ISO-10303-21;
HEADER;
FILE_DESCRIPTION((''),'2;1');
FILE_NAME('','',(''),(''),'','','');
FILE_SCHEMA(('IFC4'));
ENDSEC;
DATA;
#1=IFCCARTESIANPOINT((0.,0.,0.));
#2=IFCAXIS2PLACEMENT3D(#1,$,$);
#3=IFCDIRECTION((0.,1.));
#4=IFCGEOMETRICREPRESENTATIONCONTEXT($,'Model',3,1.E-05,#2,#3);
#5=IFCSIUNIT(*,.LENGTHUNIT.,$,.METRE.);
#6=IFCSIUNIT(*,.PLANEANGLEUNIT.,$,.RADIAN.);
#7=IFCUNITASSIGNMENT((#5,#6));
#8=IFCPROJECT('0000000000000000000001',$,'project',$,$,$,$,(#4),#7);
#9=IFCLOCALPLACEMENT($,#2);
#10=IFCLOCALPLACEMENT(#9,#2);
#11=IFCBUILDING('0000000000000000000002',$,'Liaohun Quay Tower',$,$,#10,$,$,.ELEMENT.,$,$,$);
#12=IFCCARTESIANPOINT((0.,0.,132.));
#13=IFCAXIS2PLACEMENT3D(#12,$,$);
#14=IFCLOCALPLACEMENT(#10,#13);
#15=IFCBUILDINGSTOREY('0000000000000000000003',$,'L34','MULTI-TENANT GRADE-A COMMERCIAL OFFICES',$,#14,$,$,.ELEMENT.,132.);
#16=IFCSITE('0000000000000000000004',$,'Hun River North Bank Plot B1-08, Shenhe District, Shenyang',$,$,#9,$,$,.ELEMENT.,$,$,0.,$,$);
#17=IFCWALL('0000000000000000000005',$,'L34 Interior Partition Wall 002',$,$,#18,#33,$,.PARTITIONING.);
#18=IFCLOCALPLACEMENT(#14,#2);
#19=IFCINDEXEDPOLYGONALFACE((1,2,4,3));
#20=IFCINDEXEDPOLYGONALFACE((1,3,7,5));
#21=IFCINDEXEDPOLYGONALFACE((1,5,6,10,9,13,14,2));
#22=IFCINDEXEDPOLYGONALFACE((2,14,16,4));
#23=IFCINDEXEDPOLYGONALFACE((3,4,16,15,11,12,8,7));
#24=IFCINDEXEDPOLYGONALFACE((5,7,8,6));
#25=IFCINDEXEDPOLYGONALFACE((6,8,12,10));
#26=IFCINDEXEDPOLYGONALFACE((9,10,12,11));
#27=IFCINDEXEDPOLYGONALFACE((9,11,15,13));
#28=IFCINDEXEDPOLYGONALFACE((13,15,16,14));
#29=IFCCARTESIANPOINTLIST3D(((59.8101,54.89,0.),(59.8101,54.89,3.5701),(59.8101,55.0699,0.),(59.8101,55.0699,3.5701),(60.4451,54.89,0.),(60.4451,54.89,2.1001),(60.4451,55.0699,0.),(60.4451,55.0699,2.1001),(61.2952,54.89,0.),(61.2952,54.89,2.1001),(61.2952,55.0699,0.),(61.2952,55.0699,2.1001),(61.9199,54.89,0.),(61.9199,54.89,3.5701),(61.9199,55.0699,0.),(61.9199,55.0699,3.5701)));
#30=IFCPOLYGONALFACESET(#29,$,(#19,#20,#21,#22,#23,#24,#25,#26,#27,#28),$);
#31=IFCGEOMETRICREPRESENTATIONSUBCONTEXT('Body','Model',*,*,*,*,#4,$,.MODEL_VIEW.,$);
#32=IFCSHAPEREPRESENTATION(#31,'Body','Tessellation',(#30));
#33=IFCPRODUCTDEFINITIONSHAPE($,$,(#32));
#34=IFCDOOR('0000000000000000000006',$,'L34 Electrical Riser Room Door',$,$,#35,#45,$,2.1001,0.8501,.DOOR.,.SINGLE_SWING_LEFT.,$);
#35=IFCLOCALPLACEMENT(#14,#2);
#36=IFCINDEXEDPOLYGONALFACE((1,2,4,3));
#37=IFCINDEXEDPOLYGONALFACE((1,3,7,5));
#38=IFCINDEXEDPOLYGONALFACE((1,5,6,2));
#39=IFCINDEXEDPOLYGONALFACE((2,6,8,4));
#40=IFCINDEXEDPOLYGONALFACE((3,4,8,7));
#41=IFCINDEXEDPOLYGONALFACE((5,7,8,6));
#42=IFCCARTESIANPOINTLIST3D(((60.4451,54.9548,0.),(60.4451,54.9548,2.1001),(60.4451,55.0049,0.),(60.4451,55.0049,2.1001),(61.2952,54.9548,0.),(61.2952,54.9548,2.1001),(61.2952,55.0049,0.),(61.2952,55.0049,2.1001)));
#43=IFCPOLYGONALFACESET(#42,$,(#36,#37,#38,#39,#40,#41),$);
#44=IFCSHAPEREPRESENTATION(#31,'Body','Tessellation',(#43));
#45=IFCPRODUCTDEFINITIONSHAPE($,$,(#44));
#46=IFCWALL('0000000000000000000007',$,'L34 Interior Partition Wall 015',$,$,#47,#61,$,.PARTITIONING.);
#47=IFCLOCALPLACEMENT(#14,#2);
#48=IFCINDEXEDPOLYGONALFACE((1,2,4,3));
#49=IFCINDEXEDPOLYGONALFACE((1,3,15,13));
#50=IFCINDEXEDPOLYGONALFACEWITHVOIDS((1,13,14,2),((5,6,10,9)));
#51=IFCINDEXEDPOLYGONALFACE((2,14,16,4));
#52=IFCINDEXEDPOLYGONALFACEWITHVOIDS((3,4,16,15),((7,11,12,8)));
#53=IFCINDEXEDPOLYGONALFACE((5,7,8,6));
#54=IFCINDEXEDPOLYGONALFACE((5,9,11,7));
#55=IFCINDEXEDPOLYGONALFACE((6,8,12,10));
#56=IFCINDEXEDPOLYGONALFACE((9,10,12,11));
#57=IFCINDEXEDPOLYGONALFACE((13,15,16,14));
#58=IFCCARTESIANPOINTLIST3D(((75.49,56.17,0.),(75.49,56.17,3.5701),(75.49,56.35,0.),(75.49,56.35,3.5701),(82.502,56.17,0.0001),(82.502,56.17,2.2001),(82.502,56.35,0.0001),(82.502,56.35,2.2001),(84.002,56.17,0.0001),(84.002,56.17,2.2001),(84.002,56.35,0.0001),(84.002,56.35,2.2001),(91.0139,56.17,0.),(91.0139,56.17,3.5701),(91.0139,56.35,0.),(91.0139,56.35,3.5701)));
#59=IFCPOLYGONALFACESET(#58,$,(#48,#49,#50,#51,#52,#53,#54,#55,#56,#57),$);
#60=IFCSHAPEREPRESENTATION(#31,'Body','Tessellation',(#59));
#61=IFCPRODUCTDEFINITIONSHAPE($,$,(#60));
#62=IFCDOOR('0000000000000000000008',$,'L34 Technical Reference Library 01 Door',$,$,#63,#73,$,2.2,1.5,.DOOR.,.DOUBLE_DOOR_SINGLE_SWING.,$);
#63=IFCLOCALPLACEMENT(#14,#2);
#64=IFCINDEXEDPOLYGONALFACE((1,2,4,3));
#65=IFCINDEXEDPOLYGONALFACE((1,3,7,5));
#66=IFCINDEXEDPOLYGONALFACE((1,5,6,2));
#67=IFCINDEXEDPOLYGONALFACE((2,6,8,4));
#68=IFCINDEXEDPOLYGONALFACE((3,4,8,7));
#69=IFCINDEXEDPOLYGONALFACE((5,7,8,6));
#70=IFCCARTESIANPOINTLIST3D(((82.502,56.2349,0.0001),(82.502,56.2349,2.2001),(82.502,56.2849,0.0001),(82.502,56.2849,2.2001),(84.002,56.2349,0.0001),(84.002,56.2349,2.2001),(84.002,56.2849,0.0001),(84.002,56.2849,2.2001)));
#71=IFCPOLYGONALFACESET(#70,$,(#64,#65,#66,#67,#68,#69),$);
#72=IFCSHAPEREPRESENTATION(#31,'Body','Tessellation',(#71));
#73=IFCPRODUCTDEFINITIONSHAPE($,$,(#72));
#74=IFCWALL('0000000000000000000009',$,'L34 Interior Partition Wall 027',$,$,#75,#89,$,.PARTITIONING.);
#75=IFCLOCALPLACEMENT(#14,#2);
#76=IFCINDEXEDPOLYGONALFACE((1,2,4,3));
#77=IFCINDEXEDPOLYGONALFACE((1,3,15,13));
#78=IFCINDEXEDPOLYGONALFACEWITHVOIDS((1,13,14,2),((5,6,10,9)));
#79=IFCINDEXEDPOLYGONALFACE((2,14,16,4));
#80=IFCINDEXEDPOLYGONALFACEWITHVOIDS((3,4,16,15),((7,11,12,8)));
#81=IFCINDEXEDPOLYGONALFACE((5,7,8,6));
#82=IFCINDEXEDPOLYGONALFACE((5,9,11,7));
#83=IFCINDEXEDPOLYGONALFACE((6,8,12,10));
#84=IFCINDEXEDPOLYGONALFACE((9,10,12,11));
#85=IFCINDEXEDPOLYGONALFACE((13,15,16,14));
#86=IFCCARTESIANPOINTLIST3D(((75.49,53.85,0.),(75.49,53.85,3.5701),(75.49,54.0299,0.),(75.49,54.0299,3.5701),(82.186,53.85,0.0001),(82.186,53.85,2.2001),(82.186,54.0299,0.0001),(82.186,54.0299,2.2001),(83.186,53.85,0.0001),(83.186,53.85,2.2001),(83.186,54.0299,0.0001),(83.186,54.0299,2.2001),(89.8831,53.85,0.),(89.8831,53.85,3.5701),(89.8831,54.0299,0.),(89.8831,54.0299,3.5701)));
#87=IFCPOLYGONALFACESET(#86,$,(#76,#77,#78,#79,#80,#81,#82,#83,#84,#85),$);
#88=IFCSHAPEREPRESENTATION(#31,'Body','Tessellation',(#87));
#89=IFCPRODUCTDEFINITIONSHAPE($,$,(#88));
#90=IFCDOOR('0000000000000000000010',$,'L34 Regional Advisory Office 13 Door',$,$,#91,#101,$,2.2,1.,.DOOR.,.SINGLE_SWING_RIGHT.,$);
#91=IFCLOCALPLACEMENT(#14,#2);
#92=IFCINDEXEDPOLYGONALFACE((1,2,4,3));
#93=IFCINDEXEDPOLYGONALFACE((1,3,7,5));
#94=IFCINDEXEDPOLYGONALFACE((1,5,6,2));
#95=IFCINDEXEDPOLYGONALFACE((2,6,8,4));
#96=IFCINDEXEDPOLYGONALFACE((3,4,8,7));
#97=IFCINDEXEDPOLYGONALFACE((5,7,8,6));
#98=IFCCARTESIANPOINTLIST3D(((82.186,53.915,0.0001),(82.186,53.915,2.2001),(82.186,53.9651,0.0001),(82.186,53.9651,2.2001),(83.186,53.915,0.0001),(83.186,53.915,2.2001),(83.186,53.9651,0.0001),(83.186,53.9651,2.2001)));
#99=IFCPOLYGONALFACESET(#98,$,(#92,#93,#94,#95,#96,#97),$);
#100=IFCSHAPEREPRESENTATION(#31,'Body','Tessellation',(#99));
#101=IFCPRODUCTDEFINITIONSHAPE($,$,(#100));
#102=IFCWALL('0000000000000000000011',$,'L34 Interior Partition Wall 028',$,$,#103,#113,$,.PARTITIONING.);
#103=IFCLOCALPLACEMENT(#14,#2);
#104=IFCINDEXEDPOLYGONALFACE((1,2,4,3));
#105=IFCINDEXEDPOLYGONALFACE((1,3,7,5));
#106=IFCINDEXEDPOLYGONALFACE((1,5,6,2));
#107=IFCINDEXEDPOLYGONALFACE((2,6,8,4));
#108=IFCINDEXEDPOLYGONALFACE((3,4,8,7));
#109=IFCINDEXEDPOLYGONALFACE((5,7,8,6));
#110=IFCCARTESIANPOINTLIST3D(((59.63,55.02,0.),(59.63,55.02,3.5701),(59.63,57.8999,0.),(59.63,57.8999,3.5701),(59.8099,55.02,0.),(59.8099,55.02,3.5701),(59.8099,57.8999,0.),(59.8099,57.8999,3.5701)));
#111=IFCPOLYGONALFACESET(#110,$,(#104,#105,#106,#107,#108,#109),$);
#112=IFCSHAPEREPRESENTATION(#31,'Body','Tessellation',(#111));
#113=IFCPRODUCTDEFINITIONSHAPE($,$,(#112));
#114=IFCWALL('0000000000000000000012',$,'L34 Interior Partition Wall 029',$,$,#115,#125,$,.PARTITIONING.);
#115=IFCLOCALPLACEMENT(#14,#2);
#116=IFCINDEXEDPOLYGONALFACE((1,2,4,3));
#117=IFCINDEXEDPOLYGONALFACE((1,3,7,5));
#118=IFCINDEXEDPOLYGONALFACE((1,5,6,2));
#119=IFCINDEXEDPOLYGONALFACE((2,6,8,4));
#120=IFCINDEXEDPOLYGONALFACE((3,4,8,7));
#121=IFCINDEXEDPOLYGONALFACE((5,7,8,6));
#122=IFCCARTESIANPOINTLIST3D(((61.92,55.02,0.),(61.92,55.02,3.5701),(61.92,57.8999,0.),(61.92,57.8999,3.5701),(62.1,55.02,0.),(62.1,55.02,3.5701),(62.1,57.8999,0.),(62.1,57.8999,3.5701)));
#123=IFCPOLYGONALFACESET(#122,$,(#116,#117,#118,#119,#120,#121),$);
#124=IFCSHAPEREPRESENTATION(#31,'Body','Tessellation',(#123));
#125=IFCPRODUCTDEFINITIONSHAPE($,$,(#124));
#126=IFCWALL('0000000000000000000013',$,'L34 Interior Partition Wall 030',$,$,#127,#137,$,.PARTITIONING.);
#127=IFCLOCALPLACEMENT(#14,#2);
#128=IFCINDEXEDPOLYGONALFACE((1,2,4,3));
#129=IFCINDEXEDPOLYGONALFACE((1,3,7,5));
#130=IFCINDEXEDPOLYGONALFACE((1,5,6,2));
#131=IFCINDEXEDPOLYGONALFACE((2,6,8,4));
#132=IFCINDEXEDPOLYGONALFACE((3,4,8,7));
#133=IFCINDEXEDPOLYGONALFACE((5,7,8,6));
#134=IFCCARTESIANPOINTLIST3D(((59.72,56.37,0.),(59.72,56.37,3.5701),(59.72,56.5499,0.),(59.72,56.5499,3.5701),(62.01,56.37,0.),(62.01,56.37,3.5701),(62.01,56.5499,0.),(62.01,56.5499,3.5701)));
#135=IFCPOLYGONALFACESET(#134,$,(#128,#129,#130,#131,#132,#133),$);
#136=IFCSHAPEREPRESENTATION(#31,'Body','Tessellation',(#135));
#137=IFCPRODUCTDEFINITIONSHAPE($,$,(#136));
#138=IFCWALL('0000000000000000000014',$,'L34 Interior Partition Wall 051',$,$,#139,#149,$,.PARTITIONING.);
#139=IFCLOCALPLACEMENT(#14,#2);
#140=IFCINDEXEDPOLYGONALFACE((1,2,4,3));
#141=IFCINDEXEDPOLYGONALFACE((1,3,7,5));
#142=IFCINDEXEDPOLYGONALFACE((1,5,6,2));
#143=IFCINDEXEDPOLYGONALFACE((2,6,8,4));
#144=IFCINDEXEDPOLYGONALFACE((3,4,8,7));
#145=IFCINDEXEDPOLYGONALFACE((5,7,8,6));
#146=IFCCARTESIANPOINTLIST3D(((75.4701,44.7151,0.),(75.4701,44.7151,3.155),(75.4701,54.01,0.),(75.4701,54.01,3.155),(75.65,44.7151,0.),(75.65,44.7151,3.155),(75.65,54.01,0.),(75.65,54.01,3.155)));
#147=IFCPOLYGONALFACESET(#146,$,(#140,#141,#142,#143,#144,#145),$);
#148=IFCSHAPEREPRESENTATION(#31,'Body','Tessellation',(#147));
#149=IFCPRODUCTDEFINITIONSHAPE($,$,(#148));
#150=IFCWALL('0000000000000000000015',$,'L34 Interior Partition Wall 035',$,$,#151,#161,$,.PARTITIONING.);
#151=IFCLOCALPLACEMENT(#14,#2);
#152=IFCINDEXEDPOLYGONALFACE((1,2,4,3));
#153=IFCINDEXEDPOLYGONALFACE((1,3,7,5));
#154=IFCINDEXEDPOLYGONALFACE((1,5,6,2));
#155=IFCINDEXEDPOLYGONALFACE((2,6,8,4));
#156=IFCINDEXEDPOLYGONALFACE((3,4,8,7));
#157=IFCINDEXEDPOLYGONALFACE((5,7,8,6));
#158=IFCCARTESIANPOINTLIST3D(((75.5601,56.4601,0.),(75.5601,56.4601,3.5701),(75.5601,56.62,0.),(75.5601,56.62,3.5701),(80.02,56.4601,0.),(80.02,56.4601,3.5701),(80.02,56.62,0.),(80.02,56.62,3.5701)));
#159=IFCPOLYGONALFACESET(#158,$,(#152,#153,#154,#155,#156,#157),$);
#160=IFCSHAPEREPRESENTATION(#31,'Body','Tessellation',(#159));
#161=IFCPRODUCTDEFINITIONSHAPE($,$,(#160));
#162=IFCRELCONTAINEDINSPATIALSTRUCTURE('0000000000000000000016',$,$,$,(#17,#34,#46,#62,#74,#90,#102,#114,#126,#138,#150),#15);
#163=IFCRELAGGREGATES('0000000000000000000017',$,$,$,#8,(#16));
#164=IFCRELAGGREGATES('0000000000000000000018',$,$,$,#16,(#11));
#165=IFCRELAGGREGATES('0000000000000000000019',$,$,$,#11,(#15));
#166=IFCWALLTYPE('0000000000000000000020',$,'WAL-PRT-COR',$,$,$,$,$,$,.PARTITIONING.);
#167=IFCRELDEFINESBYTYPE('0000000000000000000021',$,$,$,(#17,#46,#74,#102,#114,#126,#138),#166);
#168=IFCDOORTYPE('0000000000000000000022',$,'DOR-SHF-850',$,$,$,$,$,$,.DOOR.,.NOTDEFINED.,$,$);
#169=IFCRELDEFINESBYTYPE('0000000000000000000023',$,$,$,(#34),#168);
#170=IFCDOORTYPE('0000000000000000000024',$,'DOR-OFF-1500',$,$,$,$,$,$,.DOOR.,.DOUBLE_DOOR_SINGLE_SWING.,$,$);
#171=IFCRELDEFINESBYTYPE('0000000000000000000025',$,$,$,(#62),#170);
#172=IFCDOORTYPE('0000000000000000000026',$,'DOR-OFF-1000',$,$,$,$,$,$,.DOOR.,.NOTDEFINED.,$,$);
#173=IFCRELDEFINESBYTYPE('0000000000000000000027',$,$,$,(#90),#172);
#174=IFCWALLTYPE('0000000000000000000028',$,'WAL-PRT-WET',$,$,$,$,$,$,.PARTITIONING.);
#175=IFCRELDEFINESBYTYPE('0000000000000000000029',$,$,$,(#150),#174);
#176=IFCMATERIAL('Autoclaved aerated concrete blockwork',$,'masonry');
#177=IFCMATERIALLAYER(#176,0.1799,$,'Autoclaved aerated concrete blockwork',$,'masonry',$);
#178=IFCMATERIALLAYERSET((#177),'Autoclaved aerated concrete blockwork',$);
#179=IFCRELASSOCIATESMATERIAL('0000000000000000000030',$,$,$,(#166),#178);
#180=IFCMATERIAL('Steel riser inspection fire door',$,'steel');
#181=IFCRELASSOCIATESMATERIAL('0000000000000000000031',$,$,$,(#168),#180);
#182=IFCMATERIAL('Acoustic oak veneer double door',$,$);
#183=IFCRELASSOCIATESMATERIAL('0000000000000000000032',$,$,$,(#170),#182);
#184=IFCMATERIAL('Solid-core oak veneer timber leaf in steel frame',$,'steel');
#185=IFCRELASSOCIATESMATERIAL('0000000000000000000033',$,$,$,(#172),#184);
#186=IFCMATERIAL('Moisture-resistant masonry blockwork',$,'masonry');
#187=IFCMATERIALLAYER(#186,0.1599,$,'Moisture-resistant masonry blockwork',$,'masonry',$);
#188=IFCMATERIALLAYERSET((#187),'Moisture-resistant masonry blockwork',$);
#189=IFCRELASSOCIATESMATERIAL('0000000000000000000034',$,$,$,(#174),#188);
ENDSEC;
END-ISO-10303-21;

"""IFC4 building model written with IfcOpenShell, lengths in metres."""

from ifc_helpers import new_model, si_unit, direction, frame, frame_2d, origin, place, context, subcontext, project, spatial, rectangle, extrude, source, transform, mapped, material, layer, layer_set, type_object, element, fill, save


model = new_model("IFC4")

# Units and contexts
model_context = context("Model", 3, precision=1e-05, world=origin(), true_north=direction((0.0, 1.0)))
body_context = subcontext(model_context, "Body", "Model", "MODEL_VIEW")
ifc_project = project(units=[si_unit("LENGTHUNIT", "METRE"), si_unit("PLANEANGLEUNIT", "RADIAN")], contexts=[model_context])

# Site, building, storey
site_placement = place(None, origin())
site = spatial("IfcSite", under=ifc_project, at=site_placement, Name="Hun River North Bank Plot B1-08, Shenhe District, Shenyang", CompositionType="ELEMENT", RefElevation=0.0)
building_placement = place(site_placement, origin())
building = spatial("IfcBuilding", under=site, at=building_placement, Name="Liaohun Quay Tower", CompositionType="ELEMENT")
storey_placement = place(building_placement, frame((0.0, 0.0, 132.0)))
storey = spatial("IfcBuildingStorey", under=building, at=storey_placement, Name="L34", Description="MULTI-TENANT GRADE-A COMMERCIAL OFFICES", CompositionType="ELEMENT", Elevation=132.0)

# Walls, openings, doors
ifc_material_1 = material(Name="Autoclaved aerated concrete blockwork", Category="masonry")
ifc_layer_1 = layer(ifc_material_1, 0.1799, Name="Autoclaved aerated concrete blockwork", Category="masonry")
ifc_layer_set_1 = layer_set([ifc_layer_1], Name="Autoclaved aerated concrete blockwork")
wall_type_1 = type_object("IfcWallType", Name="WAL-PRT-COR", PredefinedType="PARTITIONING", material=ifc_layer_set_1)
wall_1_placement = place(storey_placement, frame((59.8101, 54.98, 0.0), z_axis=(0.0, 0.0, 1.0), x_axis=(1.0, 0.0, 0.0)))
wall_1 = element("IfcWall", 1, at=wall_1_placement, inside=storey, type_object=wall_type_1, Name="L34 Interior Partition Wall 002", PredefinedType="PARTITIONING", context=body_context, shape_type="SweptSolid", body=[
    extrude(rectangle(XDim=2.1099, YDim=0.1799, at=frame_2d((1.0549, 0.0))), origin(), (0.0, 0.0, 1.0), 3.5701),
])
shared_shape_1 = source(origin(), body_context, "Body", "SweptSolid", [
    extrude(rectangle(XDim=0.8501, YDim=2.1001, at=frame_2d((0.425, 1.05))), frame((0.0, 0.0999, 0.0), z_axis=(0.0, -1.0, 0.0), x_axis=(1.0, 0.0, 0.0)), (0.0, 0.0, 1.0), 0.2),
])
opening_1_placement = place(wall_1_placement, frame((0.635, 0.0, 0.0)))
opening_1 = element("IfcOpeningElement", 2, at=opening_1_placement, cuts=wall_1, PredefinedType="OPENING", context=body_context, shape_type="MappedRepresentation", body=[
    mapped(shared_shape_1, transform((0.0, 0.0, 0.0), x_axis=(1.0, 0.0, 0.0), y_axis=(0.0, 1.0, 0.0), z_axis=(0.0, 0.0, 1.0), scale=1.0)),
])
ifc_material_2 = material(Name="Steel riser inspection fire door", Category="steel")
door_type_1 = type_object("IfcDoorType", Name="DOR-SHF-850", OperationType="NOTDEFINED", PredefinedType="DOOR", material=ifc_material_2)
shared_shape_2 = source(origin(), body_context, "Body", "SweptSolid", [
    extrude(rectangle(XDim=0.8501, YDim=2.1001, at=frame_2d((0.425, 1.05))), frame((0.0, 0.0249, 0.0), z_axis=(0.0, -1.0, 0.0), x_axis=(1.0, 0.0, 0.0)), (0.0, 0.0, 1.0), 0.05),
])
door_1_placement = place(opening_1_placement, origin())
door_1 = element("IfcDoor", 3, at=door_1_placement, inside=storey, type_object=door_type_1, Name="L34 Electrical Riser Room Door", OperationType="SINGLE_SWING_LEFT", OverallHeight=2.1001, OverallWidth=0.8501, PredefinedType="DOOR", context=body_context, shape_type="MappedRepresentation", body=[
    mapped(shared_shape_2, transform((0.0, 0.0, 0.0), x_axis=(1.0, 0.0, 0.0), y_axis=(0.0, 1.0, 0.0), z_axis=(0.0, 0.0, 1.0), scale=1.0)),
])
fill(opening_1, door_1)
wall_2_placement = place(storey_placement, frame((75.49, 56.26, 0.0), z_axis=(0.0, 0.0, 1.0), x_axis=(1.0, 0.0, 0.0)))
wall_2 = element("IfcWall", 4, at=wall_2_placement, inside=storey, type_object=wall_type_1, Name="L34 Interior Partition Wall 015", PredefinedType="PARTITIONING", context=body_context, shape_type="SweptSolid", body=[
    extrude(rectangle(XDim=15.5239, YDim=0.1799, at=frame_2d((7.762, 0.0))), origin(), (0.0, 0.0, 1.0), 3.5701),
])
shared_shape_3 = source(origin(), body_context, "Body", "SweptSolid", [
    extrude(rectangle(XDim=1.5, YDim=2.2, at=frame_2d((0.75, 1.1001))), frame((0.0, 0.0999, 0.0), z_axis=(0.0, -1.0, 0.0), x_axis=(1.0, 0.0, 0.0)), (0.0, 0.0, 1.0), 0.2),
])
opening_2_placement = place(wall_2_placement, frame((7.012, 0.0, 0.0)))
opening_2 = element("IfcOpeningElement", 5, at=opening_2_placement, cuts=wall_2, PredefinedType="OPENING", context=body_context, shape_type="MappedRepresentation", body=[
    mapped(shared_shape_3, transform((0.0, 0.0, 0.0), x_axis=(1.0, 0.0, 0.0), y_axis=(0.0, 1.0, 0.0), z_axis=(0.0, 0.0, 1.0), scale=1.0)),
])
ifc_material_3 = material(Name="Acoustic oak veneer double door")
door_type_2 = type_object("IfcDoorType", Name="DOR-OFF-1500", OperationType="DOUBLE_DOOR_SINGLE_SWING", PredefinedType="DOOR", material=ifc_material_3)
shared_shape_4 = source(origin(), body_context, "Body", "SweptSolid", [
    extrude(rectangle(XDim=1.5, YDim=2.2, at=frame_2d((0.75, 1.1001))), frame((0.0, 0.0249, 0.0), z_axis=(0.0, -1.0, 0.0), x_axis=(1.0, 0.0, 0.0)), (0.0, 0.0, 1.0), 0.05),
])
door_2_placement = place(opening_2_placement, origin())
door_2 = element("IfcDoor", 6, at=door_2_placement, inside=storey, type_object=door_type_2, Name="L34 Technical Reference Library 01 Door", OperationType="DOUBLE_DOOR_SINGLE_SWING", OverallHeight=2.2, OverallWidth=1.5, PredefinedType="DOOR", context=body_context, shape_type="MappedRepresentation", body=[
    mapped(shared_shape_4, transform((0.0, 0.0, 0.0), x_axis=(1.0, 0.0, 0.0), y_axis=(0.0, 1.0, 0.0), z_axis=(0.0, 0.0, 1.0), scale=1.0)),
])
fill(opening_2, door_2)
wall_3_placement = place(storey_placement, frame((89.8831, 53.9399, 0.0), z_axis=(0.0, 0.0, 1.0), x_axis=(-1.0, 0.0, 0.0)))
wall_3 = element("IfcWall", 7, at=wall_3_placement, inside=storey, type_object=wall_type_1, Name="L34 Interior Partition Wall 027", PredefinedType="PARTITIONING", context=body_context, shape_type="SweptSolid", body=[
    extrude(rectangle(XDim=14.3931, YDim=0.1799, at=frame_2d((7.1965, 0.0))), origin(), (0.0, 0.0, 1.0), 3.5701),
])
shared_shape_5 = source(origin(), body_context, "Body", "SweptSolid", [
    extrude(rectangle(XDim=1.0, YDim=2.2, at=frame_2d((0.5, 1.1001))), frame((0.0, 0.0999, 0.0), z_axis=(0.0, -1.0, 0.0), x_axis=(1.0, 0.0, 0.0)), (0.0, 0.0, 1.0), 0.2),
])
opening_3_placement = place(wall_3_placement, frame((6.697, 0.0, 0.0)))
opening_3 = element("IfcOpeningElement", 8, at=opening_3_placement, cuts=wall_3, PredefinedType="OPENING", context=body_context, shape_type="MappedRepresentation", body=[
    mapped(shared_shape_5, transform((0.0, 0.0, 0.0), x_axis=(1.0, 0.0, 0.0), y_axis=(0.0, 1.0, 0.0), z_axis=(0.0, 0.0, 1.0), scale=1.0)),
])
ifc_material_4 = material(Name="Solid-core oak veneer timber leaf in steel frame", Category="steel")
door_type_3 = type_object("IfcDoorType", Name="DOR-OFF-1000", OperationType="NOTDEFINED", PredefinedType="DOOR", material=ifc_material_4)
shared_shape_6 = source(origin(), body_context, "Body", "SweptSolid", [
    extrude(rectangle(XDim=1.0, YDim=2.2, at=frame_2d((0.5, 1.1001))), frame((0.0, 0.0249, 0.0), z_axis=(0.0, -1.0, 0.0), x_axis=(1.0, 0.0, 0.0)), (0.0, 0.0, 1.0), 0.05),
])
door_3_placement = place(opening_3_placement, origin())
door_3 = element("IfcDoor", 9, at=door_3_placement, inside=storey, type_object=door_type_3, Name="L34 Regional Advisory Office 13 Door", OperationType="SINGLE_SWING_RIGHT", OverallHeight=2.2, OverallWidth=1.0, PredefinedType="DOOR", context=body_context, shape_type="MappedRepresentation", body=[
    mapped(shared_shape_6, transform((0.0, 0.0, 0.0), x_axis=(1.0, 0.0, 0.0), y_axis=(0.0, 1.0, 0.0), z_axis=(0.0, 0.0, 1.0), scale=1.0)),
])
fill(opening_3, door_3)

# Walls
for number, where, z_axis, x_axis, name in (
    (10, (59.72, 55.02, 0.0), (0.0, 0.0, 1.0), (0.0, 1.0, 0.0), "L34 Interior Partition Wall 028"),
    (11, (62.01, 55.02, 0.0), (0.0, 0.0, 1.0), (0.0, 1.0, 0.0), "L34 Interior Partition Wall 029"),
):
    element("IfcWall", number, at=place(storey_placement, frame(where, z_axis=z_axis, x_axis=x_axis)), inside=storey, type_object=wall_type_1, Name=name, PredefinedType="PARTITIONING", context=body_context, shape_type="SweptSolid", body=[
        extrude(rectangle(XDim=2.8799, YDim=0.1799, at=frame_2d((1.4399, 0.0))), origin(), (0.0, 0.0, 1.0), 3.5701),
    ])
wall_4_placement = place(storey_placement, frame((59.72, 56.46, 0.0), z_axis=(0.0, 0.0, 1.0), x_axis=(1.0, 0.0, 0.0)))
element("IfcWall", 12, at=wall_4_placement, inside=storey, type_object=wall_type_1, Name="L34 Interior Partition Wall 030", PredefinedType="PARTITIONING", context=body_context, shape_type="SweptSolid", body=[
    extrude(rectangle(XDim=2.29, YDim=0.1799, at=frame_2d((1.145, 0.0))), origin(), (0.0, 0.0, 1.0), 3.5701),
])
wall_5_placement = place(storey_placement, frame((75.5601, 54.01, 0.0), z_axis=(0.0, 0.0, 1.0), x_axis=(0.0, -1.0, 0.0)))
element("IfcWall", 13, at=wall_5_placement, inside=storey, type_object=wall_type_1, Name="L34 Interior Partition Wall 051", PredefinedType="PARTITIONING", context=body_context, shape_type="SweptSolid", body=[
    extrude(rectangle(XDim=9.2949, YDim=0.1799, at=frame_2d((4.6475, 0.0))), origin(), (0.0, 0.0, 1.0), 3.155),
])

# Shared definitions
ifc_material_5 = material(Name="Moisture-resistant masonry blockwork", Category="masonry")
ifc_layer_2 = layer(ifc_material_5, 0.1599, Name="Moisture-resistant masonry blockwork", Category="masonry")
ifc_layer_set_2 = layer_set([ifc_layer_2], Name="Moisture-resistant masonry blockwork")
wall_type_2 = type_object("IfcWallType", Name="WAL-PRT-WET", PredefinedType="PARTITIONING", material=ifc_layer_set_2)

# Wall
wall_6_placement = place(storey_placement, frame((75.5601, 56.54, 0.0), z_axis=(0.0, 0.0, 1.0), x_axis=(1.0, 0.0, 0.0)))
element("IfcWall", 14, at=wall_6_placement, inside=storey, type_object=wall_type_2, Name="L34 Interior Partition Wall 035", PredefinedType="PARTITIONING", context=body_context, shape_type="SweptSolid", body=[
    extrude(rectangle(XDim=4.46, YDim=0.1599, at=frame_2d((2.23, 0.0))), origin(), (0.0, 0.0, 1.0), 3.5701),
])

save(model, "model.ifc")
